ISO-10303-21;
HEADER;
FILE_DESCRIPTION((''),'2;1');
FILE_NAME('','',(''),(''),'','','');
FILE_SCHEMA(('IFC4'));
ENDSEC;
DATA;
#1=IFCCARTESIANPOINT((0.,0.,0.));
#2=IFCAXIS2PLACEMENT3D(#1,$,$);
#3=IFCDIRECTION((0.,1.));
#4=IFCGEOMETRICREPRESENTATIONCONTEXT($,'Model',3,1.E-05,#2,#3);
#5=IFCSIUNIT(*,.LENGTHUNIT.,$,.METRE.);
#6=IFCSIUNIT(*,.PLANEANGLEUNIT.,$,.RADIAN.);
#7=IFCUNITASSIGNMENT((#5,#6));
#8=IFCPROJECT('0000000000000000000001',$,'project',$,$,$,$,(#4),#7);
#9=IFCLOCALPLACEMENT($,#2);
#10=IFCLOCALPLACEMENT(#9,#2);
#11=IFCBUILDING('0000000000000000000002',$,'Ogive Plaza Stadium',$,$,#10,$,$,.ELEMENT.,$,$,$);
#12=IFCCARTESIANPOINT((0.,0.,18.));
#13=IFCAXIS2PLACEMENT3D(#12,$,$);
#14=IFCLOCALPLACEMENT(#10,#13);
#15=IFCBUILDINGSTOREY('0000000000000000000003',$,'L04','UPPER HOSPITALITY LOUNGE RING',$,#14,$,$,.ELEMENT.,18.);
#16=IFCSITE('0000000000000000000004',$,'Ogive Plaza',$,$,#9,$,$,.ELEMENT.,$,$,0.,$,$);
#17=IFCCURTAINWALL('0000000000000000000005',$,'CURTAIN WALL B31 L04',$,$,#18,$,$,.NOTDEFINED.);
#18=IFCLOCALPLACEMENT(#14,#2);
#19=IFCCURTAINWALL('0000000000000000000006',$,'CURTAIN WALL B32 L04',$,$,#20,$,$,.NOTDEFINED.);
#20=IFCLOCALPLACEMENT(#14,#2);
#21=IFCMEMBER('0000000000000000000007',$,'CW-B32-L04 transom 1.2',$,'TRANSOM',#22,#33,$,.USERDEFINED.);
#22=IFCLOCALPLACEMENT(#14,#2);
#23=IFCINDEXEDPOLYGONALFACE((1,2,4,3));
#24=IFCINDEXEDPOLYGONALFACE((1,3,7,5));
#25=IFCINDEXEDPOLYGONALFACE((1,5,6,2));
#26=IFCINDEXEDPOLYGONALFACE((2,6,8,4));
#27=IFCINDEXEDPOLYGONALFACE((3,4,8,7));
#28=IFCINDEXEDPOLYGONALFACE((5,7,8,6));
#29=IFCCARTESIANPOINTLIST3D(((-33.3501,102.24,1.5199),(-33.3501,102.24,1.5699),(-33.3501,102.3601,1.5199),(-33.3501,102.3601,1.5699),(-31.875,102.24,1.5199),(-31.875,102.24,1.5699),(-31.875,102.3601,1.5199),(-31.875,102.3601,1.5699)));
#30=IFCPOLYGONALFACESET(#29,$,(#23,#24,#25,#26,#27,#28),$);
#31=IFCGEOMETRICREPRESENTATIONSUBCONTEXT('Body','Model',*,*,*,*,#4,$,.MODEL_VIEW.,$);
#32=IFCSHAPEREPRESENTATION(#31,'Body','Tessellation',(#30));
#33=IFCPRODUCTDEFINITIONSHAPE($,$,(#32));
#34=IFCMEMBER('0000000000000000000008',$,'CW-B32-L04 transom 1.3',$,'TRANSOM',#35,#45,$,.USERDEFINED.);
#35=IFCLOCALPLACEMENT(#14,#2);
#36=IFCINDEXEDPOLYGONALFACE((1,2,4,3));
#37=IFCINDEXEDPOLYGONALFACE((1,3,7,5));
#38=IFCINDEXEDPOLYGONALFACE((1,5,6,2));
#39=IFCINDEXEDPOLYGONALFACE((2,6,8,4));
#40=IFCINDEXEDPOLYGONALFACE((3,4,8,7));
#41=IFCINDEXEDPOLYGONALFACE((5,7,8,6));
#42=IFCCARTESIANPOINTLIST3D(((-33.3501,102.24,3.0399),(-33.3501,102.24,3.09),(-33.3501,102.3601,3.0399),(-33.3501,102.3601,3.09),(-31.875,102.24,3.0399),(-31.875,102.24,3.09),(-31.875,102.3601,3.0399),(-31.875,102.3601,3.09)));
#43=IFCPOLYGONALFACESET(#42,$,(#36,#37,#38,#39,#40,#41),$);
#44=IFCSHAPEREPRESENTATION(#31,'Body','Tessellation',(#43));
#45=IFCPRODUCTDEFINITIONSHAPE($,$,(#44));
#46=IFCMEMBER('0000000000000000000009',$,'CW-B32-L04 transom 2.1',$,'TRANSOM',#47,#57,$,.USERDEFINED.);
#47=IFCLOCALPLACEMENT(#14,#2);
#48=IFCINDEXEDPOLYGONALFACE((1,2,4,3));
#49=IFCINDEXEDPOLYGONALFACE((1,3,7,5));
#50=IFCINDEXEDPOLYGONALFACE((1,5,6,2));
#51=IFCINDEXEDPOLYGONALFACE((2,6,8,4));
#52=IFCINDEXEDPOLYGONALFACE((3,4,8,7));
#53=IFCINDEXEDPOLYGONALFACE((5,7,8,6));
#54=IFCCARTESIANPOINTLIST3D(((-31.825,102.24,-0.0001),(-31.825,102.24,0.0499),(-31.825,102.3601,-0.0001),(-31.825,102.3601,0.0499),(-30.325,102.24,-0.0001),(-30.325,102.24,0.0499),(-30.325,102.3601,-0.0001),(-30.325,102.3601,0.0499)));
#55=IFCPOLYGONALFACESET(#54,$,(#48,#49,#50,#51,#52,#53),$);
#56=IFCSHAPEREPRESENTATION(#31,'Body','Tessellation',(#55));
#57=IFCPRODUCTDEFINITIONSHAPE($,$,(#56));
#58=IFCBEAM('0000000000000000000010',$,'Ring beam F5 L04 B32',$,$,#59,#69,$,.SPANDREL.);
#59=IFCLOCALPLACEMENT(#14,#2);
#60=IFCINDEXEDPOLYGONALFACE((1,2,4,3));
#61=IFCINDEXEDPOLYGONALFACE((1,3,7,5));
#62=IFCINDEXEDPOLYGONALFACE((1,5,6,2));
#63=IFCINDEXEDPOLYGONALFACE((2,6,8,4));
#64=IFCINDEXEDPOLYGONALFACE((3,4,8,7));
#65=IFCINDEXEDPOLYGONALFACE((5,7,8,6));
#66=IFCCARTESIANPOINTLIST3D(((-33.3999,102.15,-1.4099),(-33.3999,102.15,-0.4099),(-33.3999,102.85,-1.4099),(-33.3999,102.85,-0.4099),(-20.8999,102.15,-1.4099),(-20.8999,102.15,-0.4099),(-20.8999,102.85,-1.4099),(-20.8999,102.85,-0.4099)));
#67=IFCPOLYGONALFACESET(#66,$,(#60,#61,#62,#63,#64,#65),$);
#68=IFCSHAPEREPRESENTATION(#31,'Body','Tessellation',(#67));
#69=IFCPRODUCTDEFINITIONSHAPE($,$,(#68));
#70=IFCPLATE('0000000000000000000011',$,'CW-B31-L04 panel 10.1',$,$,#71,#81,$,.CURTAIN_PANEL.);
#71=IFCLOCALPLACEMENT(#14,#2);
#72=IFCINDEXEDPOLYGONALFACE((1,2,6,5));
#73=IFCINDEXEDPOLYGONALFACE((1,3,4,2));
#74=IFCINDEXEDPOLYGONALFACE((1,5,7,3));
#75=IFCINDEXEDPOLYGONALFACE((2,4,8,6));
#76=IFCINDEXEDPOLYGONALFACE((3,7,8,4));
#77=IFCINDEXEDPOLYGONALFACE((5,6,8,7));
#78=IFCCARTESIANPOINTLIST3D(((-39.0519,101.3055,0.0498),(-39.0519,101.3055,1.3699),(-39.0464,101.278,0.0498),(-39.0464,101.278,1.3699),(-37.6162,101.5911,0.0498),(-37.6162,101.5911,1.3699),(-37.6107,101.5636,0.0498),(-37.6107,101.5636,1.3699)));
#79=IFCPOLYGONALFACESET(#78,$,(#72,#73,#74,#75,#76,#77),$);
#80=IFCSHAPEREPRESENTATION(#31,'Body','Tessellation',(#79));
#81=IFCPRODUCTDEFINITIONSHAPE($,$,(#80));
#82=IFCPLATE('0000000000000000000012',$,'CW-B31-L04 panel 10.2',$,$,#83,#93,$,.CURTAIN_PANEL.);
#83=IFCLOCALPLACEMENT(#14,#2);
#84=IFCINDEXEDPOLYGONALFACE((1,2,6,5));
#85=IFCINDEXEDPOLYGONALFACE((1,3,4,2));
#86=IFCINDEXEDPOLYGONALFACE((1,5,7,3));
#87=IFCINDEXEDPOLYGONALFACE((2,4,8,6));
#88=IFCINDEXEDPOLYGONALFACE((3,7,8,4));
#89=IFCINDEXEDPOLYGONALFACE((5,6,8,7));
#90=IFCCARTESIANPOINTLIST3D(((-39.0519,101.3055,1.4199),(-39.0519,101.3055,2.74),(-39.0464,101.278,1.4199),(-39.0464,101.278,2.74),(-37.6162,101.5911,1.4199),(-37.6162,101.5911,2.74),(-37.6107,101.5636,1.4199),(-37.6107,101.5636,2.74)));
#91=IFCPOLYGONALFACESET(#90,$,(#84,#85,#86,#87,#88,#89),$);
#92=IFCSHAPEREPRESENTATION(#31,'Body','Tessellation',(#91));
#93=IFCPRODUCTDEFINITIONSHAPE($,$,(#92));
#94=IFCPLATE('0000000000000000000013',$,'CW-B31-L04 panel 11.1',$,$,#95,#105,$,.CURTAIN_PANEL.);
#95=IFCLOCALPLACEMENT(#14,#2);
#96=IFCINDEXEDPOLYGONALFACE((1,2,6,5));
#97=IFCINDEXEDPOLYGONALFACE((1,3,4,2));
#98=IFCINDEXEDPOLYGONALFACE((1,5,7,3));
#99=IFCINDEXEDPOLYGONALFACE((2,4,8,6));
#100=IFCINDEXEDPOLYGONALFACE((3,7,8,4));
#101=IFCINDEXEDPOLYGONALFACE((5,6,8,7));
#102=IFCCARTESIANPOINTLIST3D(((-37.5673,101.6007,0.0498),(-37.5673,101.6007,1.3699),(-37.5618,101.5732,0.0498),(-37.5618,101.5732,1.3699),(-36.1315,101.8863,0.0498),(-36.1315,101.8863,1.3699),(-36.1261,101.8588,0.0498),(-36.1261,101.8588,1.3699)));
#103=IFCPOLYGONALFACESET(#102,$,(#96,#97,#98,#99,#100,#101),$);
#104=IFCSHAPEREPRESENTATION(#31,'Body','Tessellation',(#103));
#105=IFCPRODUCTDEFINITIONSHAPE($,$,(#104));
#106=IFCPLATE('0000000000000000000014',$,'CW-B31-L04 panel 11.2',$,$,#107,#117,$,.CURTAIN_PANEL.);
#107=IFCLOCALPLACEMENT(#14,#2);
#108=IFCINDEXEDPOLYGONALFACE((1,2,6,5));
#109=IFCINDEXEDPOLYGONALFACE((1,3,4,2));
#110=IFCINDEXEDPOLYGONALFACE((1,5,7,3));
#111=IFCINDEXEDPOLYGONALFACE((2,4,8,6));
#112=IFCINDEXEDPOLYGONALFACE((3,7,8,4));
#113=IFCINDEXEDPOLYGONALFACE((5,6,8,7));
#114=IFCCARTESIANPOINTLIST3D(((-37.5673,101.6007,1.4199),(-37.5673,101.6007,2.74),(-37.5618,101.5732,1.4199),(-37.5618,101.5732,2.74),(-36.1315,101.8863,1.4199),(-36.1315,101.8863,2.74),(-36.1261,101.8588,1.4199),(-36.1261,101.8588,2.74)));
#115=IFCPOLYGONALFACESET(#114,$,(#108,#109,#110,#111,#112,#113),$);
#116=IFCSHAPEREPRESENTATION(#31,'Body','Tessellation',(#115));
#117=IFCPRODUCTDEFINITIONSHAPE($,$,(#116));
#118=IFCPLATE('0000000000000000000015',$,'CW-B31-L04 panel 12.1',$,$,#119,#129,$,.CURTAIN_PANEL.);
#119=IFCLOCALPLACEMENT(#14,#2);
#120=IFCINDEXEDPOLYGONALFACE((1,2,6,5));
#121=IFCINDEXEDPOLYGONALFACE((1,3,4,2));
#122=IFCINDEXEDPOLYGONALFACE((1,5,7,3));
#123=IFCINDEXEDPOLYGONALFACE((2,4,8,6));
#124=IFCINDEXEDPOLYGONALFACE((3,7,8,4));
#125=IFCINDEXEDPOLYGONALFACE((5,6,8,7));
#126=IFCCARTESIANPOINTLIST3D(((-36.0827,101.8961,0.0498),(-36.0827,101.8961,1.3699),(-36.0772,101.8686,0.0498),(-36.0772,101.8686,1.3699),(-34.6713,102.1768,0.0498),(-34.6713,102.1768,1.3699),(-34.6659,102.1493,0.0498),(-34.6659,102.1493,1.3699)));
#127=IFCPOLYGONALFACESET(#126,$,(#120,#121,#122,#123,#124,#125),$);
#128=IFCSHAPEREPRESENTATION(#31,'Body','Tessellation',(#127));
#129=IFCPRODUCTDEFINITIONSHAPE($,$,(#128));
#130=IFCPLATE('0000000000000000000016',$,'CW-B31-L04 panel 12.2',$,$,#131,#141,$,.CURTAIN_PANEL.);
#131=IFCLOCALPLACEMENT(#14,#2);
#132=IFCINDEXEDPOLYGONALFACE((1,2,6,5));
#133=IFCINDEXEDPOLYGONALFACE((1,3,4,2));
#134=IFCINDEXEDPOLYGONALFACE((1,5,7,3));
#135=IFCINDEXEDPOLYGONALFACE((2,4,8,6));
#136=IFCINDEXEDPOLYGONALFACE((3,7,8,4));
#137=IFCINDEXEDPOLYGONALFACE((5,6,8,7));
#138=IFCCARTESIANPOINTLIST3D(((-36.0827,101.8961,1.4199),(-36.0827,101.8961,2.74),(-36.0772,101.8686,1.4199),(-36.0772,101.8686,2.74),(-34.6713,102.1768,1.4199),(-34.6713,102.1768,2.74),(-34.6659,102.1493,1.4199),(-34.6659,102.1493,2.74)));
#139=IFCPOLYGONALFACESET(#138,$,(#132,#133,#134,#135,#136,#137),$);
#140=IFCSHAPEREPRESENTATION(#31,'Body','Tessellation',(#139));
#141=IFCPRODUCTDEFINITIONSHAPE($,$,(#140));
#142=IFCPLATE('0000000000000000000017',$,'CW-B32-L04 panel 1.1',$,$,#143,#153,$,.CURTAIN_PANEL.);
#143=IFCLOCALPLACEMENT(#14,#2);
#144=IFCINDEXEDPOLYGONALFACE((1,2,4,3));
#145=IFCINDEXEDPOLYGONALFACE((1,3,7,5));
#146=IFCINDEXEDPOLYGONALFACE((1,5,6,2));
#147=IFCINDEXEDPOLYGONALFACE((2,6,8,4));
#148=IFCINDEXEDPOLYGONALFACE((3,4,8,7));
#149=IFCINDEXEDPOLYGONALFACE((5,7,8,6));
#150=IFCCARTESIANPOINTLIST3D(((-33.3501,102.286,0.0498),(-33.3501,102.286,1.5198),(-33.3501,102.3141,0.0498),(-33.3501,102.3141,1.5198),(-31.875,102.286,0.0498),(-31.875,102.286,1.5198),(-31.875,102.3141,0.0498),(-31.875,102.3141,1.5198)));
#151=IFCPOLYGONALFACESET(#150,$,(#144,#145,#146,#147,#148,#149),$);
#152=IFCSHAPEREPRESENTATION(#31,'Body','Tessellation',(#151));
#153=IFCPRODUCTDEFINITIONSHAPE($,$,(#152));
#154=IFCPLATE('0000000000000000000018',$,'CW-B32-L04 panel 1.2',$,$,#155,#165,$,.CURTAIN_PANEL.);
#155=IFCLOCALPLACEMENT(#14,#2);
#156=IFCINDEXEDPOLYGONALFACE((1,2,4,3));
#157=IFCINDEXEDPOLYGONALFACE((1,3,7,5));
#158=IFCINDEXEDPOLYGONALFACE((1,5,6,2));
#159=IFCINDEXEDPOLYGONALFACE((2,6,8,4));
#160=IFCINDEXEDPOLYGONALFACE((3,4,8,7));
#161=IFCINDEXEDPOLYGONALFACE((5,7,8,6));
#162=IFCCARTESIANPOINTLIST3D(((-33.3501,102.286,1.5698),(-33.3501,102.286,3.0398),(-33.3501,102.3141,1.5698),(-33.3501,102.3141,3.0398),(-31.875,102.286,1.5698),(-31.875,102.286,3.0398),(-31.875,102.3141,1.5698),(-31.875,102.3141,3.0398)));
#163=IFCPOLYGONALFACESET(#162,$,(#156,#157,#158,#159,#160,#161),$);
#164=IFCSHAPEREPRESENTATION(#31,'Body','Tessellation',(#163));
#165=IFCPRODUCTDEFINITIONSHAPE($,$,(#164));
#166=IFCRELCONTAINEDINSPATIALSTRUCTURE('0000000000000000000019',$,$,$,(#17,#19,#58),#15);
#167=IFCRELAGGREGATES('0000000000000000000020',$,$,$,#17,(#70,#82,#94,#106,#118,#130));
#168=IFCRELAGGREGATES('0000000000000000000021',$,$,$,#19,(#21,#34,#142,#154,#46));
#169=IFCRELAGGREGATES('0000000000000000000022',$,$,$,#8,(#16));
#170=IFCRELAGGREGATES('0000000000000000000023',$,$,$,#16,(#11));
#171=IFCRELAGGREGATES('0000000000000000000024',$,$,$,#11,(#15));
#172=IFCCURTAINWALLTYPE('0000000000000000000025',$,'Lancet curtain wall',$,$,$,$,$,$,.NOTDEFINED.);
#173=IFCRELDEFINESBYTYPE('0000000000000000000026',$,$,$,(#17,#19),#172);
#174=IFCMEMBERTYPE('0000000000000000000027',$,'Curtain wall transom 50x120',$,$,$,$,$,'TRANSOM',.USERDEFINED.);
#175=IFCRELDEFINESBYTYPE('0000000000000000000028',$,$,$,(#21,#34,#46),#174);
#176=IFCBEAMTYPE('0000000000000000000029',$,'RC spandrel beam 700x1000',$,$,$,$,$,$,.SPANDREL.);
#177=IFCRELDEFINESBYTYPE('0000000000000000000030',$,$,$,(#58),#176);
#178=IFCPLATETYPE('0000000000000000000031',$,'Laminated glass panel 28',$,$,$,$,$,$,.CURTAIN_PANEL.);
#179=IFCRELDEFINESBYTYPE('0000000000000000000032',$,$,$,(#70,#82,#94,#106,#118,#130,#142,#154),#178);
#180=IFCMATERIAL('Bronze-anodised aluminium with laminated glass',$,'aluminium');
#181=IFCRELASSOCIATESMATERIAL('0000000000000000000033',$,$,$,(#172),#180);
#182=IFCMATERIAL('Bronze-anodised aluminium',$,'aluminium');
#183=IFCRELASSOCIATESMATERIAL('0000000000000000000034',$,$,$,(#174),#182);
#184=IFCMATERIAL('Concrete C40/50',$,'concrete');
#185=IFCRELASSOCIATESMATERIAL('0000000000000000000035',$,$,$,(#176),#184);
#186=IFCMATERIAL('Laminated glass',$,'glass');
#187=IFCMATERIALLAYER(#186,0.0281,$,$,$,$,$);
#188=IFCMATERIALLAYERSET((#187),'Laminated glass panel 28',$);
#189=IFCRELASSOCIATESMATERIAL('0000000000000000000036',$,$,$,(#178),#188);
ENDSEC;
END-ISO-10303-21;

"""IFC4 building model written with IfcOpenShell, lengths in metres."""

from ifc_helpers import new_model, si_unit, direction, frame, origin, origin_2d, place, context, subcontext, project, spatial, rectangle, extrude, material, layer, layer_set, material_profile, profile_set, type_object, element, aggregate, save


model = new_model("IFC4")

# Units and contexts
model_context = context("Model", 3, precision=1e-05, world=origin(), true_north=direction((0.0, 1.0)))
body_context = subcontext(model_context, "Body", "Model", "MODEL_VIEW")
ifc_project = project(units=[si_unit("LENGTHUNIT", "METRE"), si_unit("PLANEANGLEUNIT", "RADIAN")], contexts=[model_context])

# Site, building, storey
site_placement = place(None, origin())
site = spatial("IfcSite", under=ifc_project, at=site_placement, Name="Ogive Plaza", CompositionType="ELEMENT", RefElevation=0.0)
building_placement = place(site_placement, origin())
building = spatial("IfcBuilding", under=site, at=building_placement, Name="Ogive Plaza Stadium", CompositionType="ELEMENT")
storey_placement = place(building_placement, frame((0.0, 0.0, 18.0)))
storey = spatial("IfcBuildingStorey", under=building, at=storey_placement, Name="L04", Description="UPPER HOSPITALITY LOUNGE RING", CompositionType="ELEMENT", Elevation=18.0)

# Curtain walls
ifc_material_1 = material(Name="Bronze-anodised aluminium with laminated glass", Category="aluminium")
curtain_wall_type = type_object("IfcCurtainWallType", Name="Lancet curtain wall", PredefinedType="NOTDEFINED", material=ifc_material_1)
curtain_wall_1_placement = place(storey_placement, origin())
curtain_wall_1 = element("IfcCurtainWall", 1, at=curtain_wall_1_placement, inside=storey, type_object=curtain_wall_type, Name="CURTAIN WALL B31 L04", PredefinedType="NOTDEFINED")
curtain_wall_2_placement = place(storey_placement, origin())
curtain_wall_2 = element("IfcCurtainWall", 2, at=curtain_wall_2_placement, inside=storey, type_object=curtain_wall_type, Name="CURTAIN WALL B32 L04", PredefinedType="NOTDEFINED")

# Members
ifc_material_2 = material(Name="Bronze-anodised aluminium", Category="aluminium")
ifc_material_profile_1 = material_profile(ifc_material_2, rectangle(XDim=0.1201, YDim=0.05, at=origin_2d()), Name="AL 120x50")
ifc_profile_set_1 = profile_set([ifc_material_profile_1], Name="Bronze-anodised aluminium")
member_type_1 = type_object("IfcMemberType", Name="Curtain wall transom 50x120", ElementType="TRANSOM", PredefinedType="USERDEFINED", material=ifc_profile_set_1)
member_1_placement = place(storey_placement, frame((-33.3501, 102.3, 1.5449), z_axis=(1.0, 0.0, 0.0), x_axis=(0.0, 1.0, 0.0)))
member_1 = element("IfcMember", 3, at=member_1_placement, type_object=member_type_1, Name="CW-B32-L04 transom 1.2", ObjectType="TRANSOM", PredefinedType="USERDEFINED", context=body_context, shape_type="SweptSolid", body=[
    extrude(rectangle(XDim=0.1201, YDim=0.05, at=origin_2d()), origin(), (0.0, 0.0, 1.0), 1.4751),
])
member_2_placement = place(storey_placement, frame((-33.3501, 102.3, 3.0649), z_axis=(1.0, 0.0, 0.0), x_axis=(0.0, 1.0, 0.0)))
member_2 = element("IfcMember", 4, at=member_2_placement, type_object=member_type_1, Name="CW-B32-L04 transom 1.3", ObjectType="TRANSOM", PredefinedType="USERDEFINED", context=body_context, shape_type="SweptSolid", body=[
    extrude(rectangle(XDim=0.1201, YDim=0.05, at=origin_2d()), origin(), (0.0, 0.0, 1.0), 1.4751),
])
member_3_placement = place(storey_placement, frame((-31.825, 102.3, 0.0249), z_axis=(1.0, 0.0, 0.0), x_axis=(0.0, 1.0, 0.0)))
member_3 = element("IfcMember", 5, at=member_3_placement, type_object=member_type_1, Name="CW-B32-L04 transom 2.1", ObjectType="TRANSOM", PredefinedType="USERDEFINED", context=body_context, shape_type="SweptSolid", body=[
    extrude(rectangle(XDim=0.1201, YDim=0.05, at=origin_2d()), origin(), (0.0, 0.0, 1.0), 1.5),
])

# Beam
ifc_material_3 = material(Name="Concrete C40/50", Category="concrete")
ifc_material_profile_2 = material_profile(ifc_material_3, rectangle(XDim=0.7, YDim=1.0, at=origin_2d()), Name="RC 700x1000")
ifc_profile_set_2 = profile_set([ifc_material_profile_2], Name="Concrete C40/50")
beam_type = type_object("IfcBeamType", Name="RC spandrel beam 700x1000", PredefinedType="SPANDREL", material=ifc_profile_set_2)
beam_placement = place(storey_placement, frame((-33.3999, 102.5, -0.9099), z_axis=(1.0, 0.0, 0.0), x_axis=(0.0, 1.0, 0.0)))
element("IfcBeam", 6, at=beam_placement, inside=storey, type_object=beam_type, Name="Ring beam F5 L04 B32", PredefinedType="SPANDREL", context=body_context, shape_type="SweptSolid", body=[
    extrude(rectangle(XDim=0.7, YDim=1.0, at=origin_2d()), origin(), (0.0, 0.0, 1.0), 12.5),
])

# Plates
ifc_material_4 = material(Name="Laminated glass", Category="glass")
ifc_layer = layer(ifc_material_4, 0.0281)
ifc_layer_set = layer_set([ifc_layer], Name="Laminated glass panel 28")
plate_type = type_object("IfcPlateType", Name="Laminated glass panel 28", PredefinedType="CURTAIN_PANEL", material=ifc_layer_set)
plate_1_placement = place(storey_placement, frame((-38.3313, 101.4346, 0.0498), z_axis=(0.0, 0.0, 1.0), x_axis=(0.980785, 0.19509, 0.0)))
plate_1 = element("IfcPlate", 7, at=plate_1_placement, type_object=plate_type, Name="CW-B31-L04 panel 10.1", PredefinedType="CURTAIN_PANEL", context=body_context, shape_type="SweptSolid", body=[
    extrude(rectangle(XDim=1.4639, YDim=0.0281, at=origin_2d()), origin(), (0.0, 0.0, 1.0), 1.3201),
])
plate_2_placement = place(storey_placement, frame((-38.3313, 101.4346, 1.4199), z_axis=(0.0, 0.0, 1.0), x_axis=(0.980785, 0.19509, 0.0)))
plate_2 = element("IfcPlate", 8, at=plate_2_placement, type_object=plate_type, Name="CW-B31-L04 panel 10.2", PredefinedType="CURTAIN_PANEL", context=body_context, shape_type="SweptSolid", body=[
    extrude(rectangle(XDim=1.4639, YDim=0.0281, at=origin_2d()), origin(), (0.0, 0.0, 1.0), 1.3201),
])
plate_3_placement = place(storey_placement, frame((-36.8467, 101.7297, 0.0498), z_axis=(0.0, 0.0, 1.0), x_axis=(0.980785, 0.19509, 0.0)))
plate_3 = element("IfcPlate", 9, at=plate_3_placement, type_object=plate_type, Name="CW-B31-L04 panel 11.1", PredefinedType="CURTAIN_PANEL", context=body_context, shape_type="SweptSolid", body=[
    extrude(rectangle(XDim=1.4639, YDim=0.0281, at=origin_2d()), origin(), (0.0, 0.0, 1.0), 1.3201),
])
plate_4_placement = place(storey_placement, frame((-36.8467, 101.7297, 1.4199), z_axis=(0.0, 0.0, 1.0), x_axis=(0.980785, 0.19509, 0.0)))
plate_4 = element("IfcPlate", 10, at=plate_4_placement, type_object=plate_type, Name="CW-B31-L04 panel 11.2", PredefinedType="CURTAIN_PANEL", context=body_context, shape_type="SweptSolid", body=[
    extrude(rectangle(XDim=1.4639, YDim=0.0281, at=origin_2d()), origin(), (0.0, 0.0, 1.0), 1.3201),
])
plate_5_placement = place(storey_placement, frame((-35.3743, 102.0227, 0.0498), z_axis=(0.0, 0.0, 1.0), x_axis=(0.980785, 0.19509, 0.0)))
plate_5 = element("IfcPlate", 11, at=plate_5_placement, type_object=plate_type, Name="CW-B31-L04 panel 12.1", PredefinedType="CURTAIN_PANEL", context=body_context, shape_type="SweptSolid", body=[
    extrude(rectangle(XDim=1.439, YDim=0.0281, at=origin_2d()), origin(), (0.0, 0.0, 1.0), 1.3201),
])
plate_6_placement = place(storey_placement, frame((-35.3743, 102.0227, 1.4199), z_axis=(0.0, 0.0, 1.0), x_axis=(0.980785, 0.19509, 0.0)))
plate_6 = element("IfcPlate", 12, at=plate_6_placement, type_object=plate_type, Name="CW-B31-L04 panel 12.2", PredefinedType="CURTAIN_PANEL", context=body_context, shape_type="SweptSolid", body=[
    extrude(rectangle(XDim=1.439, YDim=0.0281, at=origin_2d()), origin(), (0.0, 0.0, 1.0), 1.3201),
])
aggregate(curtain_wall_1, [plate_1, plate_2, plate_3, plate_4, plate_5, plate_6])
plate_7_placement = place(storey_placement, frame((-32.6125, 102.3, 0.0498), z_axis=(0.0, 0.0, 1.0), x_axis=(1.0, 0.0, 0.0)))
plate_7 = element("IfcPlate", 13, at=plate_7_placement, type_object=plate_type, Name="CW-B32-L04 panel 1.1", PredefinedType="CURTAIN_PANEL", context=body_context, shape_type="SweptSolid", body=[
    extrude(rectangle(XDim=1.4751, YDim=0.0281, at=origin_2d()), origin(), (0.0, 0.0, 1.0), 1.47),
])
plate_8_placement = place(storey_placement, frame((-32.6125, 102.3, 1.5698), z_axis=(0.0, 0.0, 1.0), x_axis=(1.0, 0.0, 0.0)))
plate_8 = element("IfcPlate", 14, at=plate_8_placement, type_object=plate_type, Name="CW-B32-L04 panel 1.2", PredefinedType="CURTAIN_PANEL", context=body_context, shape_type="SweptSolid", body=[
    extrude(rectangle(XDim=1.4751, YDim=0.0281, at=origin_2d()), origin(), (0.0, 0.0, 1.0), 1.47),
])
aggregate(curtain_wall_2, [member_1, member_2, plate_7, plate_8, member_3])

save(model, "model.ifc")
